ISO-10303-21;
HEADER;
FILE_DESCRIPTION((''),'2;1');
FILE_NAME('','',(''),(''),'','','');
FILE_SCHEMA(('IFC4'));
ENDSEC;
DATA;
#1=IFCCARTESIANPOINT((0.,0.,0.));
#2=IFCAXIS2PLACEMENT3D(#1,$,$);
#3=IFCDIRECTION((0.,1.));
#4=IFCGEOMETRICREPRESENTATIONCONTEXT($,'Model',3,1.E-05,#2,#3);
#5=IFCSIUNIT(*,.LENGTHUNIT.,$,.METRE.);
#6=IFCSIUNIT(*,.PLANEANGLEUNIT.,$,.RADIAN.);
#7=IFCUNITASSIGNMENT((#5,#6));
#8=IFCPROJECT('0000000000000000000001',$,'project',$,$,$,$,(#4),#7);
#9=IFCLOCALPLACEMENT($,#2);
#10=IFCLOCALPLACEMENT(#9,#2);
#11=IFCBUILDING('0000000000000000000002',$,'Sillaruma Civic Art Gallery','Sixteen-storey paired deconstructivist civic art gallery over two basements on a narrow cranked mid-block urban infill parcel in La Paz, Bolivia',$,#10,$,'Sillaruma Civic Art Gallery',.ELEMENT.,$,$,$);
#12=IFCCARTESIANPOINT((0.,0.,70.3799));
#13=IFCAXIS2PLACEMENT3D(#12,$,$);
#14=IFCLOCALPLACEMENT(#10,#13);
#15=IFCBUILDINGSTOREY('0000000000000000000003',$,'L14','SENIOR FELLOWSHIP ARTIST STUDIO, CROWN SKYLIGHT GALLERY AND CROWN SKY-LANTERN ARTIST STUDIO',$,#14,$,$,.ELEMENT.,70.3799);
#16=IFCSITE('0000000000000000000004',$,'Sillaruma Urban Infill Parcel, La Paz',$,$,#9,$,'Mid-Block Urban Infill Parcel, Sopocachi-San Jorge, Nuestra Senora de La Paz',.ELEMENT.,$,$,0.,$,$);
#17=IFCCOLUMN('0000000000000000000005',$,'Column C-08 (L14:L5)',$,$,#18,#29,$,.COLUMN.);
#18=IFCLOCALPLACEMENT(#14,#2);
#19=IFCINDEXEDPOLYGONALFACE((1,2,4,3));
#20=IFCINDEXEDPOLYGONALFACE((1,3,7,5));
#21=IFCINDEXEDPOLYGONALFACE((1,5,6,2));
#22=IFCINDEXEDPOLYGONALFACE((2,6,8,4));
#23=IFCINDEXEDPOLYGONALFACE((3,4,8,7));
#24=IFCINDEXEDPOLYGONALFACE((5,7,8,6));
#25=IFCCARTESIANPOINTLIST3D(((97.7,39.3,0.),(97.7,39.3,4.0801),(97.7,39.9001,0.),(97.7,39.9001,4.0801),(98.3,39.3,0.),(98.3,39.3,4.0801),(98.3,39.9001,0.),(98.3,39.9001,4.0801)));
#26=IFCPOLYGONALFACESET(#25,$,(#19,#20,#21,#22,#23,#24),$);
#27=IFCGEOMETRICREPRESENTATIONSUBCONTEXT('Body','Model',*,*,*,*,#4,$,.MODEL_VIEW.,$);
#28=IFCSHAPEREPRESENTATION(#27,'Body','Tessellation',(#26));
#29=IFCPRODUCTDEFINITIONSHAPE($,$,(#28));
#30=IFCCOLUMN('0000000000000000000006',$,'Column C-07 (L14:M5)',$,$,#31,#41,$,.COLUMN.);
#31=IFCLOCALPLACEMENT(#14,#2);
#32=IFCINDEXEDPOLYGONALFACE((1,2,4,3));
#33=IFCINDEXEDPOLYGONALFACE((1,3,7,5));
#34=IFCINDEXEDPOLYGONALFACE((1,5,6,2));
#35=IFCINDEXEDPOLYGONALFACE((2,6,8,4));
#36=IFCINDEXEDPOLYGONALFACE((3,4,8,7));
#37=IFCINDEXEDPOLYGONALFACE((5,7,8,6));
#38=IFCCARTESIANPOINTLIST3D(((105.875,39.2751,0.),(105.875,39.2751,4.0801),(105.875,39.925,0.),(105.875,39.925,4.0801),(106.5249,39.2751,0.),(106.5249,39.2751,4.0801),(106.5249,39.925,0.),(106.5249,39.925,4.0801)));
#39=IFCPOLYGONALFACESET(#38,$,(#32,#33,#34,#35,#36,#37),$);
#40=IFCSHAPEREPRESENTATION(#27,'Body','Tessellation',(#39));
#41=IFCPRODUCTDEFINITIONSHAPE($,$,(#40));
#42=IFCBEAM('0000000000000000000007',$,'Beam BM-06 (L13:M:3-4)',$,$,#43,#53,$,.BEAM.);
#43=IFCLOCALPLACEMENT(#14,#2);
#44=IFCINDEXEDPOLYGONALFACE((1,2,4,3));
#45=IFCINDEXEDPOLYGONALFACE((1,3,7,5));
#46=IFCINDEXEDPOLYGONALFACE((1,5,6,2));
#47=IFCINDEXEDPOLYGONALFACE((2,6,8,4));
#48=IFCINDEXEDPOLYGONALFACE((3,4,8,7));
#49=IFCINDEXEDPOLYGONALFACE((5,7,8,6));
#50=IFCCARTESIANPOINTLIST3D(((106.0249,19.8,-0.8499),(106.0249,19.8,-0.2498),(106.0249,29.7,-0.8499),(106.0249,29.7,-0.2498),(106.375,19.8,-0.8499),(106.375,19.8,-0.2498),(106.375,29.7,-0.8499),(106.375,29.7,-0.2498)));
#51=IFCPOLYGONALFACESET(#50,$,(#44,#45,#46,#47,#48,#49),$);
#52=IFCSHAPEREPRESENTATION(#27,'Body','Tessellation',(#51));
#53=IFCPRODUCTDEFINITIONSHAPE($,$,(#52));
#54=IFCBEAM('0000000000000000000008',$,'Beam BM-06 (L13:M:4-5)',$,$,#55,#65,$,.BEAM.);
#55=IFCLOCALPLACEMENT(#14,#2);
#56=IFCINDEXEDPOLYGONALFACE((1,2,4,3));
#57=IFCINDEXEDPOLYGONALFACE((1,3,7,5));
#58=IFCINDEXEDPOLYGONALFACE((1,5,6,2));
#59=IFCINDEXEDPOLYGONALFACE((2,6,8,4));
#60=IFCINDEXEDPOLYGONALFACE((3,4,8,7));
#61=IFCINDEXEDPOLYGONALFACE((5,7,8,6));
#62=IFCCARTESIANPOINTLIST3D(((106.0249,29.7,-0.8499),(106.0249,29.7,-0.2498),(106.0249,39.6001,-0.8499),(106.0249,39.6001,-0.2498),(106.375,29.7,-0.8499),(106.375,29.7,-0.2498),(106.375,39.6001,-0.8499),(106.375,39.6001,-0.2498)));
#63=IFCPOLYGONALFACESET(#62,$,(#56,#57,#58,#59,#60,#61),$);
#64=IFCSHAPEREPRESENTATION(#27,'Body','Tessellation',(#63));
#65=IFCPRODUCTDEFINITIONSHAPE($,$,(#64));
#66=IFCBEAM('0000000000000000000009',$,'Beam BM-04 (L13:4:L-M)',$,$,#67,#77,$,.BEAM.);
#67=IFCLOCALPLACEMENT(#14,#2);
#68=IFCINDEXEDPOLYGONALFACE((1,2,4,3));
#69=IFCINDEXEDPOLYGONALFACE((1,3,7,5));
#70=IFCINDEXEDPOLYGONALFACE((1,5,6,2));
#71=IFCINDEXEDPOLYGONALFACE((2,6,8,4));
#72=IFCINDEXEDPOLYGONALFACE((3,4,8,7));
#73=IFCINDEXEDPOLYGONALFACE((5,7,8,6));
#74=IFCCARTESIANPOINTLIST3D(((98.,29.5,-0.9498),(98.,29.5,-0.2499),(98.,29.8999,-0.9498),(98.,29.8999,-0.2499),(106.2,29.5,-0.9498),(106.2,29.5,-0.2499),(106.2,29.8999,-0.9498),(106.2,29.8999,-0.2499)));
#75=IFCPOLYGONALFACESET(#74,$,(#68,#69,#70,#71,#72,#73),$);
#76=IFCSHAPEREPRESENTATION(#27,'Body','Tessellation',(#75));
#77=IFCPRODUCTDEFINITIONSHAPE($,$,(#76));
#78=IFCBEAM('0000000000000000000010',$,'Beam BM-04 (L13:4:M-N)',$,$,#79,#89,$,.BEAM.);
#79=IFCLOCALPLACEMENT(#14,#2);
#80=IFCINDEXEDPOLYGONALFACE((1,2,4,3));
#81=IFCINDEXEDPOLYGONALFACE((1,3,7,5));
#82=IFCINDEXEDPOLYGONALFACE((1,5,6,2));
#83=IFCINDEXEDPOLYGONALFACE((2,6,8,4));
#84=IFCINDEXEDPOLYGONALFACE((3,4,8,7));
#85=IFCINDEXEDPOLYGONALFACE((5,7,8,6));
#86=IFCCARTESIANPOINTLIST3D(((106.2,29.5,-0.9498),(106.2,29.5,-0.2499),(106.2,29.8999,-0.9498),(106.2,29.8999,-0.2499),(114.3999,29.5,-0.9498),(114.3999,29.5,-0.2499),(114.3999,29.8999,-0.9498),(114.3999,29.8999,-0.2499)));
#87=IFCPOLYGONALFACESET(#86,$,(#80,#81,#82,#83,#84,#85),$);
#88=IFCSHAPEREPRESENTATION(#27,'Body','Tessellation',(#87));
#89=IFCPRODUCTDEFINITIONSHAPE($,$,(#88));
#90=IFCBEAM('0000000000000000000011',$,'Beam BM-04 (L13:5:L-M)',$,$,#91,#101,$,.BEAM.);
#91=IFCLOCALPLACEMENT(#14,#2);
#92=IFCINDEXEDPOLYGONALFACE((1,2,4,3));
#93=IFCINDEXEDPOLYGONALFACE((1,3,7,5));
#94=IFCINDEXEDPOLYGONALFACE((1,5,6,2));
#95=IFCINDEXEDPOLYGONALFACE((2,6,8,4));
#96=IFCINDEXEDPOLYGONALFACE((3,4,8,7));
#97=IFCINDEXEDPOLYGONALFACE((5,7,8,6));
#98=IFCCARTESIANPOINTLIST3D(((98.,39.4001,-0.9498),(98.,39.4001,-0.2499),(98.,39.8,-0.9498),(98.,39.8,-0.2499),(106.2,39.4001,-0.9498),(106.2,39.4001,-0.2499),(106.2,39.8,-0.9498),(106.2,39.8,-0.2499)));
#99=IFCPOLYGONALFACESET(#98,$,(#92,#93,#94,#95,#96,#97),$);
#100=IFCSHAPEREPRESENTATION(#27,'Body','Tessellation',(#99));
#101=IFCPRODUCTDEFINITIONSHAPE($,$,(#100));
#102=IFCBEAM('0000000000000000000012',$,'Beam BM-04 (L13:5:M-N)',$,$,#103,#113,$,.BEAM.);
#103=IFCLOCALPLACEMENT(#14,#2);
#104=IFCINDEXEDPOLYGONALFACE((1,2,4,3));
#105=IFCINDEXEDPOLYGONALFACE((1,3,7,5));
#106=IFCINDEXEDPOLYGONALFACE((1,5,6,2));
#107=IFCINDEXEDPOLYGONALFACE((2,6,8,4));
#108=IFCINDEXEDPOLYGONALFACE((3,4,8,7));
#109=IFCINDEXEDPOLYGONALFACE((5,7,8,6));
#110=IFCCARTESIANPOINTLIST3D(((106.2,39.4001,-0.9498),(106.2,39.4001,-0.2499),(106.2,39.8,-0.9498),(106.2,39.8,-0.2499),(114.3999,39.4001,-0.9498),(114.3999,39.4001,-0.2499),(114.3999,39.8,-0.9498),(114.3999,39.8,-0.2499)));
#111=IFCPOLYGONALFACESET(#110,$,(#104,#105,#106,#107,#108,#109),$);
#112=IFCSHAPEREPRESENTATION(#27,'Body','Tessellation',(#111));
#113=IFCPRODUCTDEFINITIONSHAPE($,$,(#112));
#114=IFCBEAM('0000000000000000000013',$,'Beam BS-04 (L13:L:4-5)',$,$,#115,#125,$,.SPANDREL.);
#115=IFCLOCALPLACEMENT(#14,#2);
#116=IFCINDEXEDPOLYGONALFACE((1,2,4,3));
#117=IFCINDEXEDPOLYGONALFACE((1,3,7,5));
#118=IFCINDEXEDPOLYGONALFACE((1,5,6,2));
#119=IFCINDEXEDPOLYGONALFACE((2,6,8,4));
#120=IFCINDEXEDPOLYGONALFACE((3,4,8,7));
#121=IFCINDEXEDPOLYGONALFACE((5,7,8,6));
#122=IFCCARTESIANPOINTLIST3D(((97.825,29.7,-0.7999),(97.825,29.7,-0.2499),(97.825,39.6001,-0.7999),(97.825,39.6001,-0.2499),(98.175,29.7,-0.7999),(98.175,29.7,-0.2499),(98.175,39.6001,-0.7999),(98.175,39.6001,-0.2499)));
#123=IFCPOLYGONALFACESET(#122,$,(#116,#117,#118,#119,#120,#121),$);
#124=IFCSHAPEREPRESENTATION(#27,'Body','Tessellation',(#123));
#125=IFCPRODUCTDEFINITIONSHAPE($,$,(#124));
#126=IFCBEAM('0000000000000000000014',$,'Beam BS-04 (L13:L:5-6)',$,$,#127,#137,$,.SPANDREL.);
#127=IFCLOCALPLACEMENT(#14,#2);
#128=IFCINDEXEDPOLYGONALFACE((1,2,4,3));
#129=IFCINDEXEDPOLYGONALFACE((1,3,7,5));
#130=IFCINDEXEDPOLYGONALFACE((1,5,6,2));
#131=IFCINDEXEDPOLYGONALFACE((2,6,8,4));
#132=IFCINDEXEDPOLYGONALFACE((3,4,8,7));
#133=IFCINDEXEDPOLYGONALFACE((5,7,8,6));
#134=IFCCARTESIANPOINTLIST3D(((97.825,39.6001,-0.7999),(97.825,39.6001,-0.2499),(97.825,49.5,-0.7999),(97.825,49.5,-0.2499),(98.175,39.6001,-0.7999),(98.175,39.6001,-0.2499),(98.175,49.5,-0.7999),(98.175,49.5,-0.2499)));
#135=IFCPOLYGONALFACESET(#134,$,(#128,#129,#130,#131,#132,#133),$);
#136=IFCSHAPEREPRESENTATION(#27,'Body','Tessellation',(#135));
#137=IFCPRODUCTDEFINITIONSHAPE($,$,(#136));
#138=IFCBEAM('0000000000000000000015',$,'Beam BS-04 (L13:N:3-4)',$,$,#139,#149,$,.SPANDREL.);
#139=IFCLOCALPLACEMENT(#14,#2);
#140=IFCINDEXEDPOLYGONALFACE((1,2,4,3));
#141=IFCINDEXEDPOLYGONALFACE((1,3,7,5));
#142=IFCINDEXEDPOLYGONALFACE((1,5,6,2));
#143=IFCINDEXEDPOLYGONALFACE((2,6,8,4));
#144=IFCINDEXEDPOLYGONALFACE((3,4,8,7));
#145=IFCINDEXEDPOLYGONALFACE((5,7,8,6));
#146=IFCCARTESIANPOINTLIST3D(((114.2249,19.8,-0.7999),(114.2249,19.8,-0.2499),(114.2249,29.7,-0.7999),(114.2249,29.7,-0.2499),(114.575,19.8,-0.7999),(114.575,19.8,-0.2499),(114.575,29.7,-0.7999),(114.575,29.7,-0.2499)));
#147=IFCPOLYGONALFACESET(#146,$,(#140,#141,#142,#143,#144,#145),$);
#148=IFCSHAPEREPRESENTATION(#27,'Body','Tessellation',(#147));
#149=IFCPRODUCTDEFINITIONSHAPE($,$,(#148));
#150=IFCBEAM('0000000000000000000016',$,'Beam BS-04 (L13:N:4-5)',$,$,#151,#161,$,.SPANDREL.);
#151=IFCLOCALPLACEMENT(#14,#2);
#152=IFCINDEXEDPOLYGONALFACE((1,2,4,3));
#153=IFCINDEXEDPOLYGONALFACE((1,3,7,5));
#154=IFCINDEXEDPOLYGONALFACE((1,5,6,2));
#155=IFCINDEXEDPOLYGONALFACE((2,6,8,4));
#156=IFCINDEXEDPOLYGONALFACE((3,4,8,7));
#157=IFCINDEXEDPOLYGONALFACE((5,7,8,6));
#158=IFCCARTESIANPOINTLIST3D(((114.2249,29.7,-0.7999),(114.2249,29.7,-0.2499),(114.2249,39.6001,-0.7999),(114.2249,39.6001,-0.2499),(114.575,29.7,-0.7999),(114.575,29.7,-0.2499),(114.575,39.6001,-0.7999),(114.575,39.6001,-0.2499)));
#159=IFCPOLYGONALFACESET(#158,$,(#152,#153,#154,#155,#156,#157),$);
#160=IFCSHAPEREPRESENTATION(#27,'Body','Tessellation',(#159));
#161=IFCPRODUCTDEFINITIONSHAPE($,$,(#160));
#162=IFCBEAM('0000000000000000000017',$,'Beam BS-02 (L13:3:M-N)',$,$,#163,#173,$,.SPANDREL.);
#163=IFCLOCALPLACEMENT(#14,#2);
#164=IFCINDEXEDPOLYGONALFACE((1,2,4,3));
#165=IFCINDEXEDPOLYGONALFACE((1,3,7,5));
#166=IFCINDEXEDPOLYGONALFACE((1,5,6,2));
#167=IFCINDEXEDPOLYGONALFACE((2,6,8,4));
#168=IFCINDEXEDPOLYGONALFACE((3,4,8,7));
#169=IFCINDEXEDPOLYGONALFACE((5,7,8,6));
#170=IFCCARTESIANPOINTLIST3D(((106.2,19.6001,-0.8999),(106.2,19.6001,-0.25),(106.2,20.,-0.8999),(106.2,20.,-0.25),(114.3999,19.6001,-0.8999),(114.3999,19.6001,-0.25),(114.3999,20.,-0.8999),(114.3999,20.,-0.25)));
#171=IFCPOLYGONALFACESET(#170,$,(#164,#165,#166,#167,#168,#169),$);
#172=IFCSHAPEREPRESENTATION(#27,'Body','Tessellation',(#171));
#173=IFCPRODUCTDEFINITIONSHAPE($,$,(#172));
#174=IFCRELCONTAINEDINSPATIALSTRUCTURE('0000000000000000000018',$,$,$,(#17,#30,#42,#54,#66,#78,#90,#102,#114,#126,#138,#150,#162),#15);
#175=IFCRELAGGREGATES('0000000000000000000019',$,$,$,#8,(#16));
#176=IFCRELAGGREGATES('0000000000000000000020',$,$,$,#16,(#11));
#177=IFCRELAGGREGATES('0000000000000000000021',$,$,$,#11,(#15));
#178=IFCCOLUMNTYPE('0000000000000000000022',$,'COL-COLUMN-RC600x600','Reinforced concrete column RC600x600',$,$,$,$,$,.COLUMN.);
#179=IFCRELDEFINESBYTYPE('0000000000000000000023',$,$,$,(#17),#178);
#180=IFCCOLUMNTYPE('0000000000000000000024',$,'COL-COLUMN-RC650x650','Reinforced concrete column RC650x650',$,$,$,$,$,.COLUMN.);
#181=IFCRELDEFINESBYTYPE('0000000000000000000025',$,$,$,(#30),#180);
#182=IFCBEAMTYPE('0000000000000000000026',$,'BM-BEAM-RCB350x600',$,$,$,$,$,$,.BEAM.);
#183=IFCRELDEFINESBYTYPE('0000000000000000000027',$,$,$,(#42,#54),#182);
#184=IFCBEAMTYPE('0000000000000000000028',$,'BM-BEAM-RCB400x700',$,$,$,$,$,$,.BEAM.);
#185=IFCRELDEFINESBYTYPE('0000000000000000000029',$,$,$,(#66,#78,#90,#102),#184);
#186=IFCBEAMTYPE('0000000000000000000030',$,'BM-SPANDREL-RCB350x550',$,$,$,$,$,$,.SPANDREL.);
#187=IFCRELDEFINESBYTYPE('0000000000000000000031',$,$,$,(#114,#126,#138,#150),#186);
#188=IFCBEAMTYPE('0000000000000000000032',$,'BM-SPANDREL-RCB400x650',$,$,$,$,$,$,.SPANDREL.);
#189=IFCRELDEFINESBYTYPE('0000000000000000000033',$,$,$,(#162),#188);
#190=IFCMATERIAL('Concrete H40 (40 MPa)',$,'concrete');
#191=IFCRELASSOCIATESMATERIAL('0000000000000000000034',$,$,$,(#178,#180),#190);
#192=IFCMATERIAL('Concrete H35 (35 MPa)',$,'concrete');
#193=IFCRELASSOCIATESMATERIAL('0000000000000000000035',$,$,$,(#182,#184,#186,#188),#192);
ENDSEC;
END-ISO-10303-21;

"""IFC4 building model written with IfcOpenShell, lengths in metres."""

from ifc_helpers import new_model, si_unit, direction, frame, origin, origin_2d, place, context, subcontext, project, spatial, rectangle, extrude, material, material_profile, profile_set, type_object, element, save


model = new_model("IFC4")

# Units and contexts
model_context = context("Model", 3, precision=1e-05, world=origin(), true_north=direction((0.0, 1.0)))
body_context = subcontext(model_context, "Body", "Model", "MODEL_VIEW")
ifc_project = project(units=[si_unit("LENGTHUNIT", "METRE"), si_unit("PLANEANGLEUNIT", "RADIAN")], contexts=[model_context])

# Site, building, storey
site_placement = place(None, origin())
site = spatial("IfcSite", under=ifc_project, at=site_placement, Name="Sillaruma Urban Infill Parcel, La Paz", LongName="Mid-Block Urban Infill Parcel, Sopocachi-San Jorge, Nuestra Senora de La Paz", CompositionType="ELEMENT", RefElevation=0.0)
building_placement = place(site_placement, origin())
building = spatial("IfcBuilding", under=site, at=building_placement, Name="Sillaruma Civic Art Gallery", Description="Sixteen-storey paired deconstructivist civic art gallery over two basements on a narrow cranked mid-block urban infill parcel in La Paz, Bolivia", LongName="Sillaruma Civic Art Gallery", CompositionType="ELEMENT")
storey_placement = place(building_placement, frame((0.0, 0.0, 70.3799)))
storey = spatial("IfcBuildingStorey", under=building, at=storey_placement, Name="L14", Description="SENIOR FELLOWSHIP ARTIST STUDIO, CROWN SKYLIGHT GALLERY AND CROWN SKY-LANTERN ARTIST STUDIO", CompositionType="ELEMENT", Elevation=70.3799)

# Columns
ifc_material_1 = material(Name="Concrete H40 (40 MPa)", Category="concrete")
ifc_material_profile_1 = material_profile(ifc_material_1, rectangle(XDim=0.6001, YDim=0.6001, at=origin_2d()), Name="RC600x600")
ifc_profile_set_1 = profile_set([ifc_material_profile_1], Name="Concrete H40 (40 MPa)")
column_type_1 = type_object("IfcColumnType", Name="COL-COLUMN-RC600x600", Description="Reinforced concrete column RC600x600", PredefinedType="COLUMN", material=ifc_profile_set_1)
column_1_placement = place(storey_placement, frame((98.0, 39.6001, 0.0), z_axis=(0.0, 0.0, 1.0), x_axis=(1.0, 0.0, 0.0)))
element("IfcColumn", 1, at=column_1_placement, inside=storey, type_object=column_type_1, Name="Column C-08 (L14:L5)", PredefinedType="COLUMN", context=body_context, shape_type="SweptSolid", body=[
    extrude(rectangle(XDim=0.6001, YDim=0.6001, at=origin_2d()), origin(), (0.0, 0.0, 1.0), 4.0801),
])
ifc_material_profile_2 = material_profile(ifc_material_1, rectangle(XDim=0.6499, YDim=0.6499, at=origin_2d()), Name="RC650x650")
ifc_profile_set_2 = profile_set([ifc_material_profile_2], Name="Concrete H40 (40 MPa)")
column_type_2 = type_object("IfcColumnType", Name="COL-COLUMN-RC650x650", Description="Reinforced concrete column RC650x650", PredefinedType="COLUMN", material=ifc_profile_set_2)
column_2_placement = place(storey_placement, frame((106.2, 39.6001, 0.0), z_axis=(0.0, 0.0, 1.0), x_axis=(1.0, 0.0, 0.0)))
element("IfcColumn", 2, at=column_2_placement, inside=storey, type_object=column_type_2, Name="Column C-07 (L14:M5)", PredefinedType="COLUMN", context=body_context, shape_type="SweptSolid", body=[
    extrude(rectangle(XDim=0.6499, YDim=0.6499, at=origin_2d()), origin(), (0.0, 0.0, 1.0), 4.0801),
])

# Beams
ifc_material_2 = material(Name="Concrete H35 (35 MPa)", Category="concrete")
ifc_material_profile_3 = material_profile(ifc_material_2, rectangle(XDim=0.3501, YDim=0.6001, at=origin_2d()), Name="RCB350x600")
ifc_profile_set_3 = profile_set([ifc_material_profile_3], Name="Concrete H35 (35 MPa)")
beam_type_1 = type_object("IfcBeamType", Name="BM-BEAM-RCB350x600", PredefinedType="BEAM", material=ifc_profile_set_3)
beam_1_placement = place(storey_placement, frame((106.2, 19.8, -0.5498), z_axis=(0.0, 1.0, 0.0), x_axis=(-1.0, 0.0, 0.0)))
element("IfcBeam", 3, at=beam_1_placement, inside=storey, type_object=beam_type_1, Name="Beam BM-06 (L13:M:3-4)", PredefinedType="BEAM", context=body_context, shape_type="SweptSolid", body=[
    extrude(rectangle(XDim=0.3501, YDim=0.6001, at=origin_2d()), origin(), (0.0, 0.0, 1.0), 9.8999),
])
beam_2_placement = place(storey_placement, frame((106.2, 29.7, -0.5498), z_axis=(0.0, 1.0, 0.0), x_axis=(-1.0, 0.0, 0.0)))
element("IfcBeam", 4, at=beam_2_placement, inside=storey, type_object=beam_type_1, Name="Beam BM-06 (L13:M:4-5)", PredefinedType="BEAM", context=body_context, shape_type="SweptSolid", body=[
    extrude(rectangle(XDim=0.3501, YDim=0.6001, at=origin_2d()), origin(), (0.0, 0.0, 1.0), 9.9001),
])
ifc_material_profile_4 = material_profile(ifc_material_2, rectangle(XDim=0.3999, YDim=0.7, at=origin_2d()), Name="RCB400x700")
ifc_profile_set_4 = profile_set([ifc_material_profile_4], Name="Concrete H35 (35 MPa)")
beam_type_2 = type_object("IfcBeamType", Name="BM-BEAM-RCB400x700", PredefinedType="BEAM", material=ifc_profile_set_4)
for number, where, z_axis, x_axis, name in (
    (5, (98.0, 29.7, -0.5999), (1.0, 0.0, 0.0), (0.0, 1.0, 0.0), "Beam BM-04 (L13:4:L-M)"),
    (6, (106.2, 29.7, -0.5999), (1.0, 0.0, 0.0), (0.0, 1.0, 0.0), "Beam BM-04 (L13:4:M-N)"),
    (7, (98.0, 39.6001, -0.5999), (1.0, 0.0, 0.0), (0.0, 1.0, 0.0), "Beam BM-04 (L13:5:L-M)"),
    (8, (106.2, 39.6001, -0.5999), (1.0, 0.0, 0.0), (0.0, 1.0, 0.0), "Beam BM-04 (L13:5:M-N)"),
):
    element("IfcBeam", number, at=place(storey_placement, frame(where, z_axis=z_axis, x_axis=x_axis)), inside=storey, type_object=beam_type_2, Name=name, PredefinedType="BEAM", context=body_context, shape_type="SweptSolid", body=[
        extrude(rectangle(XDim=0.3999, YDim=0.7, at=origin_2d()), origin(), (0.0, 0.0, 1.0), 8.2),
    ])
ifc_material_profile_5 = material_profile(ifc_material_2, rectangle(XDim=0.3501, YDim=0.55, at=origin_2d()), Name="RCB350x550")
ifc_profile_set_5 = profile_set([ifc_material_profile_5], Name="Concrete H35 (35 MPa)")
beam_type_3 = type_object("IfcBeamType", Name="BM-SPANDREL-RCB350x550", PredefinedType="SPANDREL", material=ifc_profile_set_5)
beam_3_placement = place(storey_placement, frame((98.0, 29.7, -0.5249), z_axis=(0.0, 1.0, 0.0), x_axis=(-1.0, 0.0, 0.0)))
element("IfcBeam", 9, at=beam_3_placement, inside=storey, type_object=beam_type_3, Name="Beam BS-04 (L13:L:4-5)", PredefinedType="SPANDREL", context=body_context, shape_type="SweptSolid", body=[
    extrude(rectangle(XDim=0.3501, YDim=0.55, at=origin_2d()), origin(), (0.0, 0.0, 1.0), 9.9001),
])
for number, where, z_axis, x_axis, name in (
    (10, (98.0, 39.6001, -0.5249), (0.0, 1.0, 0.0), (-1.0, 0.0, 0.0), "Beam BS-04 (L13:L:5-6)"),
    (11, (114.3999, 19.8, -0.5249), (0.0, 1.0, 0.0), (-1.0, 0.0, 0.0), "Beam BS-04 (L13:N:3-4)"),
):
    element("IfcBeam", number, at=place(storey_placement, frame(where, z_axis=z_axis, x_axis=x_axis)), inside=storey, type_object=beam_type_3, Name=name, PredefinedType="SPANDREL", context=body_context, shape_type="SweptSolid", body=[
        extrude(rectangle(XDim=0.3501, YDim=0.55, at=origin_2d()), origin(), (0.0, 0.0, 1.0), 9.8999),
    ])
beam_4_placement = place(storey_placement, frame((114.3999, 29.7, -0.5249), z_axis=(0.0, 1.0, 0.0), x_axis=(-1.0, 0.0, 0.0)))
element("IfcBeam", 12, at=beam_4_placement, inside=storey, type_object=beam_type_3, Name="Beam BS-04 (L13:N:4-5)", PredefinedType="SPANDREL", context=body_context, shape_type="SweptSolid", body=[
    extrude(rectangle(XDim=0.3501, YDim=0.55, at=origin_2d()), origin(), (0.0, 0.0, 1.0), 9.9001),
])
ifc_material_profile_6 = material_profile(ifc_material_2, rectangle(XDim=0.3999, YDim=0.6499, at=origin_2d()), Name="RCB400x650")
ifc_profile_set_6 = profile_set([ifc_material_profile_6], Name="Concrete H35 (35 MPa)")
beam_type_4 = type_object("IfcBeamType", Name="BM-SPANDREL-RCB400x650", PredefinedType="SPANDREL", material=ifc_profile_set_6)
beam_5_placement = place(storey_placement, frame((106.2, 19.8, -0.575), z_axis=(1.0, 0.0, 0.0), x_axis=(0.0, 1.0, 0.0)))
element("IfcBeam", 13, at=beam_5_placement, inside=storey, type_object=beam_type_4, Name="Beam BS-02 (L13:3:M-N)", PredefinedType="SPANDREL", context=body_context, shape_type="SweptSolid", body=[
    extrude(rectangle(XDim=0.3999, YDim=0.6499, at=origin_2d()), origin(), (0.0, 0.0, 1.0), 8.2),
])

save(model, "model.ifc")
